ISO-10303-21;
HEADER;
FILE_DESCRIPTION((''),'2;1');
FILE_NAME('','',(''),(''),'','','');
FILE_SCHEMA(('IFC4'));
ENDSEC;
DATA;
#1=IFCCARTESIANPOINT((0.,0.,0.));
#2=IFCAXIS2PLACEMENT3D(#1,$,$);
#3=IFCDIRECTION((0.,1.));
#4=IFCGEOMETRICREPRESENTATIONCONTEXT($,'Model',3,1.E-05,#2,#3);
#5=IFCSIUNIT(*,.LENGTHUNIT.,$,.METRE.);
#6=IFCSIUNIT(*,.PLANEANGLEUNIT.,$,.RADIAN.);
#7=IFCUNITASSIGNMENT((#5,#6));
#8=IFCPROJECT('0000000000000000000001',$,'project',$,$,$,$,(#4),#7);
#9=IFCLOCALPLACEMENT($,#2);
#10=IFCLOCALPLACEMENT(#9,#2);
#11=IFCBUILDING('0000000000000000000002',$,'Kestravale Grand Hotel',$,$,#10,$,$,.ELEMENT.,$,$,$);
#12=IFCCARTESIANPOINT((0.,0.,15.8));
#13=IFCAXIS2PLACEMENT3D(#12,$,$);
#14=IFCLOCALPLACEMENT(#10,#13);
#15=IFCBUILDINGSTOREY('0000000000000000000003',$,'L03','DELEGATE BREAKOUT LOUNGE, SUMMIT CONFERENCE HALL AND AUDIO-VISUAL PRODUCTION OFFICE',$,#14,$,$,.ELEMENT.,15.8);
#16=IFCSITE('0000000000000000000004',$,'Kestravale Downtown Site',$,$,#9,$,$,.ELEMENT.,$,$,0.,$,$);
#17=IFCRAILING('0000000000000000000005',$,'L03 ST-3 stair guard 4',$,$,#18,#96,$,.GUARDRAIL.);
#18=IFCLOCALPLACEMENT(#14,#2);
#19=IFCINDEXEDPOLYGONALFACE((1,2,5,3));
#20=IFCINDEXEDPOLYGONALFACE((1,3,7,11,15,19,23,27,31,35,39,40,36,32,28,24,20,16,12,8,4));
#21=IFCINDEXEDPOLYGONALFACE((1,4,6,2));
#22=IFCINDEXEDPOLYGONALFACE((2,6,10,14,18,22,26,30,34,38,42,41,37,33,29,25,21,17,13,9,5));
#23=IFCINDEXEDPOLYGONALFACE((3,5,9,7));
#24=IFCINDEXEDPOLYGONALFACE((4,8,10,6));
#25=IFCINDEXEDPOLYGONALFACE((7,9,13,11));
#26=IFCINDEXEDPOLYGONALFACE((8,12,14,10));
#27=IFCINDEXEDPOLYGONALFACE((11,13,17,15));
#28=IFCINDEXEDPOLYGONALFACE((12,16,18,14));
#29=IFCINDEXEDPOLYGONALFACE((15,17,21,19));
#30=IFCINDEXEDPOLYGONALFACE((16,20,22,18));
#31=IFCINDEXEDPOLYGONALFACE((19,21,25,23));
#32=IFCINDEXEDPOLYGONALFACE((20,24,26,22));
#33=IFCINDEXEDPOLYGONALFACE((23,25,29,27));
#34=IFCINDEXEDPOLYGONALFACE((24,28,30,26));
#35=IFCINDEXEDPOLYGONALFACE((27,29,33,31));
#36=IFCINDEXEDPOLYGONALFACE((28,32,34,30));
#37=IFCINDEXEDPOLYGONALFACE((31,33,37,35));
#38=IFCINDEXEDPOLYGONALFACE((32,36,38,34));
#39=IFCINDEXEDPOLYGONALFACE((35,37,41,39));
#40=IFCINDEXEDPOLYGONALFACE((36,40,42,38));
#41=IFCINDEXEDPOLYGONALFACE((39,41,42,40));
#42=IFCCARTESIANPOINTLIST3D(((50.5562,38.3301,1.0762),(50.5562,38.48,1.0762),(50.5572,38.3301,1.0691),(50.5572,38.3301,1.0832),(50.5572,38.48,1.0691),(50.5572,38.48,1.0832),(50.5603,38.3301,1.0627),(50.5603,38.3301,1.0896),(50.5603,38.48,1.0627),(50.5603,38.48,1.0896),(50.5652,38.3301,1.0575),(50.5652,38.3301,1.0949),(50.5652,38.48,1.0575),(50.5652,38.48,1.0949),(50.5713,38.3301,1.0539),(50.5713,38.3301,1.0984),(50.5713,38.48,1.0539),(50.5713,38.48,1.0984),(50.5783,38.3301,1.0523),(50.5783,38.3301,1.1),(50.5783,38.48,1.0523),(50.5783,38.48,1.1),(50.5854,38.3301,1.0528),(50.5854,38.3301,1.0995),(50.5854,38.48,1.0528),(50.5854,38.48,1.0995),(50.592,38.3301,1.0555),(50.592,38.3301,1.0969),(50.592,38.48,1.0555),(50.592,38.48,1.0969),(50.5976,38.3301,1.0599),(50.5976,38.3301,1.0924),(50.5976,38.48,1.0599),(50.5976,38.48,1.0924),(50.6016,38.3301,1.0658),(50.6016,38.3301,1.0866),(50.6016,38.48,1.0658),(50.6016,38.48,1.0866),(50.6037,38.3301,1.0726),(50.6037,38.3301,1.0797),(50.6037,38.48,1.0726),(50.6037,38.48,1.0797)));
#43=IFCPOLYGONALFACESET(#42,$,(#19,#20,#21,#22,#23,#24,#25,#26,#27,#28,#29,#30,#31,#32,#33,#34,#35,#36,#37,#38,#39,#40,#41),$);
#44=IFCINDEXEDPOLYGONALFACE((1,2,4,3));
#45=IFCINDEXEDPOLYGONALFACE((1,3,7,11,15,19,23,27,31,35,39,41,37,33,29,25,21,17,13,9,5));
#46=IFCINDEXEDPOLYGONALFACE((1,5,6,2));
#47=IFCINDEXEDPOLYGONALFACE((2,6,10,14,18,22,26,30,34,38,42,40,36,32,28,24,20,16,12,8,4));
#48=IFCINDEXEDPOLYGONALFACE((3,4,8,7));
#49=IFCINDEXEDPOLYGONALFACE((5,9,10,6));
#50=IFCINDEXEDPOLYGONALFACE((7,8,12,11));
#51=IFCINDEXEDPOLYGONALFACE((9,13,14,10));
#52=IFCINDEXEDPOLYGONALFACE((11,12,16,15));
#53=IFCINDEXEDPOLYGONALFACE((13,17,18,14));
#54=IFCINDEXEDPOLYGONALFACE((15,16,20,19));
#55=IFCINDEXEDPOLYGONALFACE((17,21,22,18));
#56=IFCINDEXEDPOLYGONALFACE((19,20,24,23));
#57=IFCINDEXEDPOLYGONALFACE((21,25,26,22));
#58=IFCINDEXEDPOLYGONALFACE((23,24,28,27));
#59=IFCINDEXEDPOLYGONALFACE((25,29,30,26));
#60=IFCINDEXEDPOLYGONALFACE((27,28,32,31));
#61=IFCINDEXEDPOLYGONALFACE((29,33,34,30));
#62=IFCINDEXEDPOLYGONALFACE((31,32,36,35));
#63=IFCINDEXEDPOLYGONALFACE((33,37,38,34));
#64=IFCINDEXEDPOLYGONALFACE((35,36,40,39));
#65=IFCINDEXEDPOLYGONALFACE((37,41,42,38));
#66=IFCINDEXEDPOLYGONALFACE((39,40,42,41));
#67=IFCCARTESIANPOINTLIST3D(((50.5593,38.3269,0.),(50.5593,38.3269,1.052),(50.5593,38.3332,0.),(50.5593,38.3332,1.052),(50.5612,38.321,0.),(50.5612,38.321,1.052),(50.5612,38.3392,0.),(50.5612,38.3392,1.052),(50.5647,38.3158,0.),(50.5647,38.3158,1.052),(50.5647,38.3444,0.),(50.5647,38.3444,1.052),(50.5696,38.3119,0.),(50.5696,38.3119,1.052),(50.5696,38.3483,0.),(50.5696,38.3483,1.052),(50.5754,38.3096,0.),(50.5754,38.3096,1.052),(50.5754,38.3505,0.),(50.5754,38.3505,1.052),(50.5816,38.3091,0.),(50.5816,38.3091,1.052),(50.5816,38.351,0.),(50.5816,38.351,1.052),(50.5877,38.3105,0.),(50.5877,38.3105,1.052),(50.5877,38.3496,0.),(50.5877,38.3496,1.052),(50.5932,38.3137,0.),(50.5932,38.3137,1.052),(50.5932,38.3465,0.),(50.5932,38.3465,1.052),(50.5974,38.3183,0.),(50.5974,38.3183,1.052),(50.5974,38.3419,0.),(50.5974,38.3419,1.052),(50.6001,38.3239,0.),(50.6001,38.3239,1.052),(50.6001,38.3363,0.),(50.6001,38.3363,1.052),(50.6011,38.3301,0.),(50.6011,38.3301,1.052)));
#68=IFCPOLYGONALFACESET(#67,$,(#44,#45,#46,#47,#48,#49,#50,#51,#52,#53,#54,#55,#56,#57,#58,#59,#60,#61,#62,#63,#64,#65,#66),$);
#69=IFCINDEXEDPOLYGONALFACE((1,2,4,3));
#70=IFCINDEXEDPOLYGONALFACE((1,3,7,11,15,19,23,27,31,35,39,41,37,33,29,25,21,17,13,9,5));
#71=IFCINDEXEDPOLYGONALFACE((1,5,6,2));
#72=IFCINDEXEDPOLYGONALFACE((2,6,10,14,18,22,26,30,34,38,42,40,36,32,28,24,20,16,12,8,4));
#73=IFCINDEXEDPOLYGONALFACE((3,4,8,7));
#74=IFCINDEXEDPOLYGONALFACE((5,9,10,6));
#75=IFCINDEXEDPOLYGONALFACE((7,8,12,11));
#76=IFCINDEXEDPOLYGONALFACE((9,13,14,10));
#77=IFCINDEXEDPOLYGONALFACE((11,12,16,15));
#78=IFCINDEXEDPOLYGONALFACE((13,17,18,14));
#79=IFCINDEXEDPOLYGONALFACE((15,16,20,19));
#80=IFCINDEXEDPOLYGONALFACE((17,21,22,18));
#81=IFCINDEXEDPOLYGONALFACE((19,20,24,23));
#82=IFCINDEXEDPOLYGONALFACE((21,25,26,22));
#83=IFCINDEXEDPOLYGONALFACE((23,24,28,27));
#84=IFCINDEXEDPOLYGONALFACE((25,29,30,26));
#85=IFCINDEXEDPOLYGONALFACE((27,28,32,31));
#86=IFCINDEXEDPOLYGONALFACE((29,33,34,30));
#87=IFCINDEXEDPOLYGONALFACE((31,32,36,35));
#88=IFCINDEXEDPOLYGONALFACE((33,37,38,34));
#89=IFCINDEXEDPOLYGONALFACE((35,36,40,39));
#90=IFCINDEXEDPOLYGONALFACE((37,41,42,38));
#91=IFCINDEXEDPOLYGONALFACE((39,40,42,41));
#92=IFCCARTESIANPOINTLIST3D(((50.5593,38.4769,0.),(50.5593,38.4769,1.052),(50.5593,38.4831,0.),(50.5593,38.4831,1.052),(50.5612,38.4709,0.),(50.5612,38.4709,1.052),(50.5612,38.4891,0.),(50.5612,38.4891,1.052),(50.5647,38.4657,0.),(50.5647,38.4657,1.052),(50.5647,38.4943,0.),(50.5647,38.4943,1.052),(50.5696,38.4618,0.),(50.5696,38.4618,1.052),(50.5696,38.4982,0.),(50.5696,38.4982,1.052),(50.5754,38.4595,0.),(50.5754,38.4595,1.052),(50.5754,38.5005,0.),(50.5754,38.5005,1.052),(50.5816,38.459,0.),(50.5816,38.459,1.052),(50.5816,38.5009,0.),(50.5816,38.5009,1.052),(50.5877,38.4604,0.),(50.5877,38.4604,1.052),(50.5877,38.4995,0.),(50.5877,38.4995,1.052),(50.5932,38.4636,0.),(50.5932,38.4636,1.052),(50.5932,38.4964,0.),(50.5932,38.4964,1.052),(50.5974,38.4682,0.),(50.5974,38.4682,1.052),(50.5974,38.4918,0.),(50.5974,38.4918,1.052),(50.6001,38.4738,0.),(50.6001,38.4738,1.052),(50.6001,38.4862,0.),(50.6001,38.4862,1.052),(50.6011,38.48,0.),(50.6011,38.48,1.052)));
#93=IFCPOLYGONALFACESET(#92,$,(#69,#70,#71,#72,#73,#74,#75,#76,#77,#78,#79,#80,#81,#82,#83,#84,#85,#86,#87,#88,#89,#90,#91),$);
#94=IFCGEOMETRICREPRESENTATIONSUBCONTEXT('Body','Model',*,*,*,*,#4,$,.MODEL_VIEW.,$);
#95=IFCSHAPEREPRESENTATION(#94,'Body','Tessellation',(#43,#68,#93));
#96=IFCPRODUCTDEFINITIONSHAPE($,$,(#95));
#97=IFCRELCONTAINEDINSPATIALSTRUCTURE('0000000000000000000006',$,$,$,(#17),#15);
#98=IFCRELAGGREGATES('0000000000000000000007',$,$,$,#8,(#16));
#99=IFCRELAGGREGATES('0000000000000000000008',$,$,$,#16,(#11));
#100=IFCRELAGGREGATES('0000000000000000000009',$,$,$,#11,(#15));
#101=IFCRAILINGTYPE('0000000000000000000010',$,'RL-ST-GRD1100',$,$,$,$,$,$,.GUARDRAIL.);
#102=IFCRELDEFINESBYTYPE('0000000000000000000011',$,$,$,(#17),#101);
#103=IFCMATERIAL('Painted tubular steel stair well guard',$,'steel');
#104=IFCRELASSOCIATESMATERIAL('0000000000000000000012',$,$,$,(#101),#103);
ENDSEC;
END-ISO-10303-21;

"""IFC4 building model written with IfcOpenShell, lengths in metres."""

from ifc_helpers import new_model, si_unit, direction, frame, origin, origin_2d, place, context, subcontext, project, spatial, circle, extrude, material, type_object, element, save


model = new_model("IFC4")

# Units and contexts
model_context = context("Model", 3, precision=1e-05, world=origin(), true_north=direction((0.0, 1.0)))
body_context = subcontext(model_context, "Body", "Model", "MODEL_VIEW")
ifc_project = project(units=[si_unit("LENGTHUNIT", "METRE"), si_unit("PLANEANGLEUNIT", "RADIAN")], contexts=[model_context])

# Site, building, storey
site_placement = place(None, origin())
site = spatial("IfcSite", under=ifc_project, at=site_placement, Name="Kestravale Downtown Site", CompositionType="ELEMENT", RefElevation=0.0)
building_placement = place(site_placement, origin())
building = spatial("IfcBuilding", under=site, at=building_placement, Name="Kestravale Grand Hotel", CompositionType="ELEMENT")
storey_placement = place(building_placement, frame((0.0, 0.0, 15.8)))
storey = spatial("IfcBuildingStorey", under=building, at=storey_placement, Name="L03", Description="DELEGATE BREAKOUT LOUNGE, SUMMIT CONFERENCE HALL AND AUDIO-VISUAL PRODUCTION OFFICE", CompositionType="ELEMENT", Elevation=15.8)

# Railing
ifc_material_1 = material(Name="Painted tubular steel stair well guard", Category="steel")
railing_type_1 = type_object("IfcRailingType", Name="RL-ST-GRD1100", PredefinedType="GUARDRAIL", material=ifc_material_1)
railing_1_placement = place(storey_placement, frame((50.5801, 38.3301, 0.0)))
element("IfcRailing", 1, at=railing_1_placement, inside=storey, type_object=railing_type_1, Name="L03 ST-3 stair guard 4", PredefinedType="GUARDRAIL", context=body_context, shape_type="SweptSolid", body=[
    extrude(circle(Radius=0.0239, at=origin_2d()), frame((0.0, 0.0, 1.0762), z_axis=(0.0, 1.0, 0.0), x_axis=(-1.0, 0.0, 0.0)), (0.0, 0.0, 1.0), 0.1499),
    extrude(circle(Radius=0.021, at=origin_2d()), origin(), (0.0, 0.0, 1.0), 1.052),
    extrude(circle(Radius=0.021, at=origin_2d()), frame((0.0, 0.1499, 0.0)), (0.0, 0.0, 1.0), 1.052),
])

save(model, "model.ifc")
